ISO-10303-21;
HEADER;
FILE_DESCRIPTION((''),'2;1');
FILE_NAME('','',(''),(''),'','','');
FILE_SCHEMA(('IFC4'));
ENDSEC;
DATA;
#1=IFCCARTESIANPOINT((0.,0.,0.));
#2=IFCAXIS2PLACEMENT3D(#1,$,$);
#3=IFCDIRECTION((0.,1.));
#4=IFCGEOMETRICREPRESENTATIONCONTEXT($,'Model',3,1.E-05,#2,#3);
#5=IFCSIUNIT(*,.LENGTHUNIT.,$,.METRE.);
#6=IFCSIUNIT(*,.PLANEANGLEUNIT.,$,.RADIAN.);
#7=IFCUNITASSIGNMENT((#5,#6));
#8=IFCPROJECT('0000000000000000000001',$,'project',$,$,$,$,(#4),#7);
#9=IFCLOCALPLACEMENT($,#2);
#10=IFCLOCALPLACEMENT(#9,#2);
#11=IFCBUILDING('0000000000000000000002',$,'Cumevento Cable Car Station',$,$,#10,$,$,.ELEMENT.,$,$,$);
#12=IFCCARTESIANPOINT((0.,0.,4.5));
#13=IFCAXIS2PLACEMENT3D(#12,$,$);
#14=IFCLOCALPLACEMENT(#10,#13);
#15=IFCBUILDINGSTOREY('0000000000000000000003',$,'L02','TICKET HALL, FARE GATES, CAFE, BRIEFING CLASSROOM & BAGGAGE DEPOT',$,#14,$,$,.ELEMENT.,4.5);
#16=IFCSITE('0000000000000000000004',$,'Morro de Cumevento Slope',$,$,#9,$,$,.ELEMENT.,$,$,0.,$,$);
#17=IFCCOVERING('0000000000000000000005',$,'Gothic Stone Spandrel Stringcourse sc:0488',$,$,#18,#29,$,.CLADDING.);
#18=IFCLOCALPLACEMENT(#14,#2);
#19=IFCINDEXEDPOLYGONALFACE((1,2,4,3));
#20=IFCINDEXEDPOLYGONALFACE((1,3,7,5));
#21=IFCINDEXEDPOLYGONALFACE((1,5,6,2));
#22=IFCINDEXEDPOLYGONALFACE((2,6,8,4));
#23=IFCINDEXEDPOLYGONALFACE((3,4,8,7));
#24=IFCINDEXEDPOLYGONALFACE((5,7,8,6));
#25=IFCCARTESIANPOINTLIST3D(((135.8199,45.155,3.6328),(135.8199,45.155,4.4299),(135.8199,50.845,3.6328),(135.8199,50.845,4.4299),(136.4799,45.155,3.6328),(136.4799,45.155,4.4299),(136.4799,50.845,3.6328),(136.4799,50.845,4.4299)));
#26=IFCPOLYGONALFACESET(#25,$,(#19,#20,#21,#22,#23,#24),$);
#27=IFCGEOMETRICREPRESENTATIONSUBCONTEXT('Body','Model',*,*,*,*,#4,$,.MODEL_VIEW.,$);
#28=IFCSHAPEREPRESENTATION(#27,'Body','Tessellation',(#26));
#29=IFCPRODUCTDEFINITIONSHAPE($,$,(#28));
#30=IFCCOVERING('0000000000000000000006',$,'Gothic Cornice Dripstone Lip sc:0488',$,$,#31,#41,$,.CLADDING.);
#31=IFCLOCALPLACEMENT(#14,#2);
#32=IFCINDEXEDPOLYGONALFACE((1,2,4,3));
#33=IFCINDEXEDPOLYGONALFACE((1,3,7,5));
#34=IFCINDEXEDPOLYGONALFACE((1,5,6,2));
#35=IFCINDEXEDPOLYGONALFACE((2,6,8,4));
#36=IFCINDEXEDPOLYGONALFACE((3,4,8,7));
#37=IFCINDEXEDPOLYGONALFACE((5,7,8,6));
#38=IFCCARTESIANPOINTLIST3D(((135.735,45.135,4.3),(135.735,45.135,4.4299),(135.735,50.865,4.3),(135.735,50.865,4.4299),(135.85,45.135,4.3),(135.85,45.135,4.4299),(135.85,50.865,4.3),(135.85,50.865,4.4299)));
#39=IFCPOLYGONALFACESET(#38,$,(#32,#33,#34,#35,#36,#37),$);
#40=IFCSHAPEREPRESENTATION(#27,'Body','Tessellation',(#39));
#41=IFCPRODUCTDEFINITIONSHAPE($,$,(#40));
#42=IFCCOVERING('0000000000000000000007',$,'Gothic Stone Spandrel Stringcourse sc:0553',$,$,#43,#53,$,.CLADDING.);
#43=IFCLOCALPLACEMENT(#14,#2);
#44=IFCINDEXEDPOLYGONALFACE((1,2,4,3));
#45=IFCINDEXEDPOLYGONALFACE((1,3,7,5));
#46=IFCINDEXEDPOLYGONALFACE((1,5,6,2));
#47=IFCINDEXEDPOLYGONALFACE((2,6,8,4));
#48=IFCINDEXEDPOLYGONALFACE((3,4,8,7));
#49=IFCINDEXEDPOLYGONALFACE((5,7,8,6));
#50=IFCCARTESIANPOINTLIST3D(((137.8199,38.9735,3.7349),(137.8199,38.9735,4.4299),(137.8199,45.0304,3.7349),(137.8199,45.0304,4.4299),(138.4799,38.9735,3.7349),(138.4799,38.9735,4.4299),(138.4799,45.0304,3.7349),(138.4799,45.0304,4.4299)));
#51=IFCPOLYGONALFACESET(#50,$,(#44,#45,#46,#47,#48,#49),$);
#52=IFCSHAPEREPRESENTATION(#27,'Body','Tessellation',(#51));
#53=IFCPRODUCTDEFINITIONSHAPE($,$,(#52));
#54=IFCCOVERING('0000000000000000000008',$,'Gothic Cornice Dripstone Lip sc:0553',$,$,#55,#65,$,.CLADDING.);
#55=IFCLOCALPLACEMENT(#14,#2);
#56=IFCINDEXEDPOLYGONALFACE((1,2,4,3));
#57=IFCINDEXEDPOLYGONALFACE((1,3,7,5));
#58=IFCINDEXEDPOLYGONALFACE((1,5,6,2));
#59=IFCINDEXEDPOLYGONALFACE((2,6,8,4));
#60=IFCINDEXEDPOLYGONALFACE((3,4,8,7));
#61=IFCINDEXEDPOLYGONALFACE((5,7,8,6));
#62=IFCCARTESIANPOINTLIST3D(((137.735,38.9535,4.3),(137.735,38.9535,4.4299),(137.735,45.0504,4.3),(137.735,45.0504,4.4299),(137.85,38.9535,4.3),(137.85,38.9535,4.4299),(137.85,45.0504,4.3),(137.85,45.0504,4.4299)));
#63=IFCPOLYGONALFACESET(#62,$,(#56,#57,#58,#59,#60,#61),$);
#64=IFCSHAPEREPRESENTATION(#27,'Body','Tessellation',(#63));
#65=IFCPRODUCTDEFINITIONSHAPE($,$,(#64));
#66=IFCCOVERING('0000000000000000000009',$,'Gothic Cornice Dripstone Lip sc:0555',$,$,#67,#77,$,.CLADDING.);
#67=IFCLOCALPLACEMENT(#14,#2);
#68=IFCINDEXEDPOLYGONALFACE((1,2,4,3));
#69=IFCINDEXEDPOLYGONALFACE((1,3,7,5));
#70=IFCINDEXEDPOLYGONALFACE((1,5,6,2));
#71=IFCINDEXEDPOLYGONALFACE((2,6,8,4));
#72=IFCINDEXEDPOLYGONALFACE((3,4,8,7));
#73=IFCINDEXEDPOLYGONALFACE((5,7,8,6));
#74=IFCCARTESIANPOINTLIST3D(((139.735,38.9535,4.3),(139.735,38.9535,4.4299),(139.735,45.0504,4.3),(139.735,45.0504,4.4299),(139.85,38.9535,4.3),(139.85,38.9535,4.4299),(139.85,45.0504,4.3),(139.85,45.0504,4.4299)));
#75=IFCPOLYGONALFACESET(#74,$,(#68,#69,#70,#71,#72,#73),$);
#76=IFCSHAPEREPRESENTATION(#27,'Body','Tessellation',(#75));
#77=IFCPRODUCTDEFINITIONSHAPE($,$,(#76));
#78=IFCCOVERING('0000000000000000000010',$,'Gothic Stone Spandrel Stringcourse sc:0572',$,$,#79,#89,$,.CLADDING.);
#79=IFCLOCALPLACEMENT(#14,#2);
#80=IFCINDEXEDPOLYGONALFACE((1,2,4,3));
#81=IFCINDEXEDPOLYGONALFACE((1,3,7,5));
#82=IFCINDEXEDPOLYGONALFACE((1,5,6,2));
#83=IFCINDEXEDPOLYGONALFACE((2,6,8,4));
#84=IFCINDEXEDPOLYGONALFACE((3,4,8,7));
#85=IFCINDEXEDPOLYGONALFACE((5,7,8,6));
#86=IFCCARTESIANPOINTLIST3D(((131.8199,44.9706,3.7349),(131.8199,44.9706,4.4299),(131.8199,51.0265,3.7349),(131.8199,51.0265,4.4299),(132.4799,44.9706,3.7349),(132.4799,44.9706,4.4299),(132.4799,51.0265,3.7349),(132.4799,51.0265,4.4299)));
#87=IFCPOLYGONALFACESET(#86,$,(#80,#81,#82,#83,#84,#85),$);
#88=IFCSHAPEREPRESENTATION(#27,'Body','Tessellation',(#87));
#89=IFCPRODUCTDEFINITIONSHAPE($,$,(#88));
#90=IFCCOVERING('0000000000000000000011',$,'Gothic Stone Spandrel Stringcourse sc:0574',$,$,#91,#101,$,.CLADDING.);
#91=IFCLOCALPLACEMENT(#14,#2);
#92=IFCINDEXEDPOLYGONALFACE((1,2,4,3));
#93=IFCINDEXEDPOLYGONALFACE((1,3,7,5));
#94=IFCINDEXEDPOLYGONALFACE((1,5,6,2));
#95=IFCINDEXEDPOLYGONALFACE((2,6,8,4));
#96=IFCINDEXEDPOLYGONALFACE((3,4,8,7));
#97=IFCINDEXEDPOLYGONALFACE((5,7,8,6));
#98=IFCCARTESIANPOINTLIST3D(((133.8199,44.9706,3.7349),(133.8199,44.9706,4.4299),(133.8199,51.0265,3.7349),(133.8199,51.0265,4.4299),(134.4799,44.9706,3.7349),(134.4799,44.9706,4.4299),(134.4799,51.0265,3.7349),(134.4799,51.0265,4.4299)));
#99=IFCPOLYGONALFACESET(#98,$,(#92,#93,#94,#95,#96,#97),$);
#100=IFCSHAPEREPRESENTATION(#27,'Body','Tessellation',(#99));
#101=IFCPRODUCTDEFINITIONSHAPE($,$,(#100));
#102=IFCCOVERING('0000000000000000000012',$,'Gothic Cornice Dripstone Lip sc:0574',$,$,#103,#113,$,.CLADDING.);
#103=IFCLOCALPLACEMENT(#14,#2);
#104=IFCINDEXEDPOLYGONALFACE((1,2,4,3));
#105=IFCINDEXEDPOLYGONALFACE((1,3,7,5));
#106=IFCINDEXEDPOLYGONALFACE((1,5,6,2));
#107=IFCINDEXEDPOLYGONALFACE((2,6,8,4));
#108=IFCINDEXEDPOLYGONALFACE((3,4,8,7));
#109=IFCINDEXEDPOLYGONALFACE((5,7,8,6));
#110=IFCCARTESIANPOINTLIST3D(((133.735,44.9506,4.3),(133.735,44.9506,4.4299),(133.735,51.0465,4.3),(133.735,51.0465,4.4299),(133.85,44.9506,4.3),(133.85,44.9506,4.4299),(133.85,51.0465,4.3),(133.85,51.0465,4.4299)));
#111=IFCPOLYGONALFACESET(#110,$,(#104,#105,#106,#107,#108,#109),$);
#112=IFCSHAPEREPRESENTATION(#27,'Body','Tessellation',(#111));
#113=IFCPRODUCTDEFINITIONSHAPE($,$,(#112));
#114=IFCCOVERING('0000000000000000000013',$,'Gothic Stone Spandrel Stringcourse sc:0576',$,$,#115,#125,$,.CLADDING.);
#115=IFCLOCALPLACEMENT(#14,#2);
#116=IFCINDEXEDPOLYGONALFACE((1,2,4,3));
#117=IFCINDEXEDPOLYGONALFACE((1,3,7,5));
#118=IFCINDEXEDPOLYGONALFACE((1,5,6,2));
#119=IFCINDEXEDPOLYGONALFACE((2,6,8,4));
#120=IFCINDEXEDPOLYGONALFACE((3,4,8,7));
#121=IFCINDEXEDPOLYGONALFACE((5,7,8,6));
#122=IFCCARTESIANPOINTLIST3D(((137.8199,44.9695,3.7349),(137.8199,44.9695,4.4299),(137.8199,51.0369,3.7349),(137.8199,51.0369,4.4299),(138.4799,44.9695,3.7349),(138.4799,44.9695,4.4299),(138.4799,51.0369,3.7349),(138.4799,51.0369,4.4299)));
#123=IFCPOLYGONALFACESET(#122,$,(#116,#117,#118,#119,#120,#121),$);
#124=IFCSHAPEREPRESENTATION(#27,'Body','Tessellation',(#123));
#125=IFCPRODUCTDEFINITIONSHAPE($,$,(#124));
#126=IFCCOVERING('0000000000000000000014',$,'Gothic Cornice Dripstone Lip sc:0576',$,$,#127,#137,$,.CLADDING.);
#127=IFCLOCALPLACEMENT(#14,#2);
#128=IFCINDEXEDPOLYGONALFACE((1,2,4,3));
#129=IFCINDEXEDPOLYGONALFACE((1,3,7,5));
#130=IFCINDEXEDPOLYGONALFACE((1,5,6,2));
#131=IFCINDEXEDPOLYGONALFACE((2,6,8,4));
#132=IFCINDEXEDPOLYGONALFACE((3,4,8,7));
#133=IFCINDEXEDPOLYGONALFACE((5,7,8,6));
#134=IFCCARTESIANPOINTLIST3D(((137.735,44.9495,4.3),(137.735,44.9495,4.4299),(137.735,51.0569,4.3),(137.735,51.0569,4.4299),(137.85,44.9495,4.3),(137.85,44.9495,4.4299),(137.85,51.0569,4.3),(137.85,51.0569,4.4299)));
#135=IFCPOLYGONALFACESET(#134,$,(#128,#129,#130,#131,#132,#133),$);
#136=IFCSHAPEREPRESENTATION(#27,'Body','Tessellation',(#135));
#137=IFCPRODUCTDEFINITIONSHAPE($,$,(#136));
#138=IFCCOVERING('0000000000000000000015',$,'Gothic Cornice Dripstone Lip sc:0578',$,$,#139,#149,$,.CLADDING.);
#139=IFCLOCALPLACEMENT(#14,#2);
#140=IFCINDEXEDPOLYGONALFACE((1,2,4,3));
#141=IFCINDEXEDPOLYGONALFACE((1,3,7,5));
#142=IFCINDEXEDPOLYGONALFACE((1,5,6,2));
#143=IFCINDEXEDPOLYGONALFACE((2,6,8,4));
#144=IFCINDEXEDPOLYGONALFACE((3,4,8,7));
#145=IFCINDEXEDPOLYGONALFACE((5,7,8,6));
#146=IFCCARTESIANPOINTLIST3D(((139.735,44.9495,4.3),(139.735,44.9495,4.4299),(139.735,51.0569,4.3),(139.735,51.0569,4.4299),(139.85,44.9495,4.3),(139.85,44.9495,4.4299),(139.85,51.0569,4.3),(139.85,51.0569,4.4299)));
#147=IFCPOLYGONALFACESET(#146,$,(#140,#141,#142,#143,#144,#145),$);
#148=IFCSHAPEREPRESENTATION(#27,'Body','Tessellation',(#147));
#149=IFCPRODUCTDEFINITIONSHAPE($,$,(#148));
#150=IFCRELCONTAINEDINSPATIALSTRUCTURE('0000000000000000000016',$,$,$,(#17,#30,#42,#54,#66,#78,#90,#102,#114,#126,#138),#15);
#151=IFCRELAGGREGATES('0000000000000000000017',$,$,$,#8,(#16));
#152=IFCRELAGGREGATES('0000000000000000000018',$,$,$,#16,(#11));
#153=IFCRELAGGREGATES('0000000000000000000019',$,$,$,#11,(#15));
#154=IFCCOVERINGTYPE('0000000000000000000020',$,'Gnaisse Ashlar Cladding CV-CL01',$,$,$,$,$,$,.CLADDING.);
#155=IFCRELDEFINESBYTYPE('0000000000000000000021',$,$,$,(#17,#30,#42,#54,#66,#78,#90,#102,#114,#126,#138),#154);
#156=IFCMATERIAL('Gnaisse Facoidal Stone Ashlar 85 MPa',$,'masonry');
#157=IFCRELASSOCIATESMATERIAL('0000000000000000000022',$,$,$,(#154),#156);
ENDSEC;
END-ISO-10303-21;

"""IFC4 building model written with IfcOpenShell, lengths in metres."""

from ifc_helpers import new_model, si_unit, direction, frame, origin, origin_2d, place, context, subcontext, project, spatial, rectangle, extrude, material, type_object, element, save


model = new_model("IFC4")

# Units and contexts
model_context = context("Model", 3, precision=1e-05, world=origin(), true_north=direction((0.0, 1.0)))
body_context = subcontext(model_context, "Body", "Model", "MODEL_VIEW")
ifc_project = project(units=[si_unit("LENGTHUNIT", "METRE"), si_unit("PLANEANGLEUNIT", "RADIAN")], contexts=[model_context])

# Site, building, storey
site_placement = place(None, origin())
site = spatial("IfcSite", under=ifc_project, at=site_placement, Name="Morro de Cumevento Slope", CompositionType="ELEMENT", RefElevation=0.0)
building_placement = place(site_placement, origin())
building = spatial("IfcBuilding", under=site, at=building_placement, Name="Cumevento Cable Car Station", CompositionType="ELEMENT")
storey_placement = place(building_placement, frame((0.0, 0.0, 4.5)))
storey = spatial("IfcBuildingStorey", under=building, at=storey_placement, Name="L02", Description="TICKET HALL, FARE GATES, CAFE, BRIEFING CLASSROOM & BAGGAGE DEPOT", CompositionType="ELEMENT", Elevation=4.5)

# Coverings
ifc_material_1 = material(Name="Gnaisse Facoidal Stone Ashlar 85 MPa", Category="masonry")
covering_type = type_object("IfcCoveringType", Name="Gnaisse Ashlar Cladding CV-CL01", PredefinedType="CLADDING", material=ifc_material_1)
covering_1_placement = place(storey_placement, frame((136.1499, 48.0, 3.6328), z_axis=(0.0, 0.0, 1.0), x_axis=(0.0, 1.0, 0.0)))
element("IfcCovering", 1, at=covering_1_placement, inside=storey, type_object=covering_type, Name="Gothic Stone Spandrel Stringcourse sc:0488", PredefinedType="CLADDING", context=body_context, shape_type="SweptSolid", body=[
    extrude(rectangle(XDim=5.6899, YDim=0.6599, at=origin_2d()), origin(), (0.0, 0.0, 1.0), 0.7971),
])
covering_2_placement = place(storey_placement, frame((135.7925, 48.0, 4.3), z_axis=(0.0, 0.0, 1.0), x_axis=(0.0, 1.0, 0.0)))
element("IfcCovering", 2, at=covering_2_placement, inside=storey, type_object=covering_type, Name="Gothic Cornice Dripstone Lip sc:0488", PredefinedType="CLADDING", context=body_context, shape_type="SweptSolid", body=[
    extrude(rectangle(XDim=5.73, YDim=0.115, at=origin_2d()), origin(), (0.0, 0.0, 1.0), 0.1299),
])
covering_3_placement = place(storey_placement, frame((138.1499, 42.002, 3.7349), z_axis=(0.0, 0.0, 1.0), x_axis=(0.0, 1.0, 0.0)))
element("IfcCovering", 3, at=covering_3_placement, inside=storey, type_object=covering_type, Name="Gothic Stone Spandrel Stringcourse sc:0553", PredefinedType="CLADDING", context=body_context, shape_type="SweptSolid", body=[
    extrude(rectangle(XDim=6.0569, YDim=0.6599, at=origin_2d()), origin(), (0.0, 0.0, 1.0), 0.6951),
])
for number, where, z_axis, x_axis, name in (
    (4, (137.7925, 42.002, 4.3), (0.0, 0.0, 1.0), (0.0, 1.0, 0.0), "Gothic Cornice Dripstone Lip sc:0553"),
    (5, (139.7925, 42.002, 4.3), (0.0, 0.0, 1.0), (0.0, 1.0, 0.0), "Gothic Cornice Dripstone Lip sc:0555"),
):
    element("IfcCovering", number, at=place(storey_placement, frame(where, z_axis=z_axis, x_axis=x_axis)), inside=storey, type_object=covering_type, Name=name, PredefinedType="CLADDING", context=body_context, shape_type="SweptSolid", body=[
        extrude(rectangle(XDim=6.0969, YDim=0.115, at=origin_2d()), origin(), (0.0, 0.0, 1.0), 0.1299),
    ])
for number, where, z_axis, x_axis, name in (
    (6, (132.1499, 47.9985, 3.7349), (0.0, 0.0, 1.0), (0.0, 1.0, 0.0), "Gothic Stone Spandrel Stringcourse sc:0572"),
    (7, (134.1499, 47.9985, 3.7349), (0.0, 0.0, 1.0), (0.0, 1.0, 0.0), "Gothic Stone Spandrel Stringcourse sc:0574"),
):
    element("IfcCovering", number, at=place(storey_placement, frame(where, z_axis=z_axis, x_axis=x_axis)), inside=storey, type_object=covering_type, Name=name, PredefinedType="CLADDING", context=body_context, shape_type="SweptSolid", body=[
        extrude(rectangle(XDim=6.0559, YDim=0.6599, at=origin_2d()), origin(), (0.0, 0.0, 1.0), 0.6951),
    ])
covering_4_placement = place(storey_placement, frame((133.7925, 47.9985, 4.3), z_axis=(0.0, 0.0, 1.0), x_axis=(0.0, 1.0, 0.0)))
element("IfcCovering", 8, at=covering_4_placement, inside=storey, type_object=covering_type, Name="Gothic Cornice Dripstone Lip sc:0574", PredefinedType="CLADDING", context=body_context, shape_type="SweptSolid", body=[
    extrude(rectangle(XDim=6.0959, YDim=0.115, at=origin_2d()), origin(), (0.0, 0.0, 1.0), 0.1299),
])
covering_5_placement = place(storey_placement, frame((138.1499, 48.0032, 3.7349), z_axis=(0.0, 0.0, 1.0), x_axis=(0.0, 1.0, 0.0)))
element("IfcCovering", 9, at=covering_5_placement, inside=storey, type_object=covering_type, Name="Gothic Stone Spandrel Stringcourse sc:0576", PredefinedType="CLADDING", context=body_context, shape_type="SweptSolid", body=[
    extrude(rectangle(XDim=6.0674, YDim=0.6599, at=origin_2d()), origin(), (0.0, 0.0, 1.0), 0.6951),
])
for number, where, z_axis, x_axis, name in (
    (10, (137.7925, 48.0032, 4.3), (0.0, 0.0, 1.0), (0.0, 1.0, 0.0), "Gothic Cornice Dripstone Lip sc:0576"),
    (11, (139.7925, 48.0032, 4.3), (0.0, 0.0, 1.0), (0.0, 1.0, 0.0), "Gothic Cornice Dripstone Lip sc:0578"),
):
    element("IfcCovering", number, at=place(storey_placement, frame(where, z_axis=z_axis, x_axis=x_axis)), inside=storey, type_object=covering_type, Name=name, PredefinedType="CLADDING", context=body_context, shape_type="SweptSolid", body=[
        extrude(rectangle(XDim=6.1074, YDim=0.115, at=origin_2d()), origin(), (0.0, 0.0, 1.0), 0.1299),
    ])

save(model, "model.ifc")
